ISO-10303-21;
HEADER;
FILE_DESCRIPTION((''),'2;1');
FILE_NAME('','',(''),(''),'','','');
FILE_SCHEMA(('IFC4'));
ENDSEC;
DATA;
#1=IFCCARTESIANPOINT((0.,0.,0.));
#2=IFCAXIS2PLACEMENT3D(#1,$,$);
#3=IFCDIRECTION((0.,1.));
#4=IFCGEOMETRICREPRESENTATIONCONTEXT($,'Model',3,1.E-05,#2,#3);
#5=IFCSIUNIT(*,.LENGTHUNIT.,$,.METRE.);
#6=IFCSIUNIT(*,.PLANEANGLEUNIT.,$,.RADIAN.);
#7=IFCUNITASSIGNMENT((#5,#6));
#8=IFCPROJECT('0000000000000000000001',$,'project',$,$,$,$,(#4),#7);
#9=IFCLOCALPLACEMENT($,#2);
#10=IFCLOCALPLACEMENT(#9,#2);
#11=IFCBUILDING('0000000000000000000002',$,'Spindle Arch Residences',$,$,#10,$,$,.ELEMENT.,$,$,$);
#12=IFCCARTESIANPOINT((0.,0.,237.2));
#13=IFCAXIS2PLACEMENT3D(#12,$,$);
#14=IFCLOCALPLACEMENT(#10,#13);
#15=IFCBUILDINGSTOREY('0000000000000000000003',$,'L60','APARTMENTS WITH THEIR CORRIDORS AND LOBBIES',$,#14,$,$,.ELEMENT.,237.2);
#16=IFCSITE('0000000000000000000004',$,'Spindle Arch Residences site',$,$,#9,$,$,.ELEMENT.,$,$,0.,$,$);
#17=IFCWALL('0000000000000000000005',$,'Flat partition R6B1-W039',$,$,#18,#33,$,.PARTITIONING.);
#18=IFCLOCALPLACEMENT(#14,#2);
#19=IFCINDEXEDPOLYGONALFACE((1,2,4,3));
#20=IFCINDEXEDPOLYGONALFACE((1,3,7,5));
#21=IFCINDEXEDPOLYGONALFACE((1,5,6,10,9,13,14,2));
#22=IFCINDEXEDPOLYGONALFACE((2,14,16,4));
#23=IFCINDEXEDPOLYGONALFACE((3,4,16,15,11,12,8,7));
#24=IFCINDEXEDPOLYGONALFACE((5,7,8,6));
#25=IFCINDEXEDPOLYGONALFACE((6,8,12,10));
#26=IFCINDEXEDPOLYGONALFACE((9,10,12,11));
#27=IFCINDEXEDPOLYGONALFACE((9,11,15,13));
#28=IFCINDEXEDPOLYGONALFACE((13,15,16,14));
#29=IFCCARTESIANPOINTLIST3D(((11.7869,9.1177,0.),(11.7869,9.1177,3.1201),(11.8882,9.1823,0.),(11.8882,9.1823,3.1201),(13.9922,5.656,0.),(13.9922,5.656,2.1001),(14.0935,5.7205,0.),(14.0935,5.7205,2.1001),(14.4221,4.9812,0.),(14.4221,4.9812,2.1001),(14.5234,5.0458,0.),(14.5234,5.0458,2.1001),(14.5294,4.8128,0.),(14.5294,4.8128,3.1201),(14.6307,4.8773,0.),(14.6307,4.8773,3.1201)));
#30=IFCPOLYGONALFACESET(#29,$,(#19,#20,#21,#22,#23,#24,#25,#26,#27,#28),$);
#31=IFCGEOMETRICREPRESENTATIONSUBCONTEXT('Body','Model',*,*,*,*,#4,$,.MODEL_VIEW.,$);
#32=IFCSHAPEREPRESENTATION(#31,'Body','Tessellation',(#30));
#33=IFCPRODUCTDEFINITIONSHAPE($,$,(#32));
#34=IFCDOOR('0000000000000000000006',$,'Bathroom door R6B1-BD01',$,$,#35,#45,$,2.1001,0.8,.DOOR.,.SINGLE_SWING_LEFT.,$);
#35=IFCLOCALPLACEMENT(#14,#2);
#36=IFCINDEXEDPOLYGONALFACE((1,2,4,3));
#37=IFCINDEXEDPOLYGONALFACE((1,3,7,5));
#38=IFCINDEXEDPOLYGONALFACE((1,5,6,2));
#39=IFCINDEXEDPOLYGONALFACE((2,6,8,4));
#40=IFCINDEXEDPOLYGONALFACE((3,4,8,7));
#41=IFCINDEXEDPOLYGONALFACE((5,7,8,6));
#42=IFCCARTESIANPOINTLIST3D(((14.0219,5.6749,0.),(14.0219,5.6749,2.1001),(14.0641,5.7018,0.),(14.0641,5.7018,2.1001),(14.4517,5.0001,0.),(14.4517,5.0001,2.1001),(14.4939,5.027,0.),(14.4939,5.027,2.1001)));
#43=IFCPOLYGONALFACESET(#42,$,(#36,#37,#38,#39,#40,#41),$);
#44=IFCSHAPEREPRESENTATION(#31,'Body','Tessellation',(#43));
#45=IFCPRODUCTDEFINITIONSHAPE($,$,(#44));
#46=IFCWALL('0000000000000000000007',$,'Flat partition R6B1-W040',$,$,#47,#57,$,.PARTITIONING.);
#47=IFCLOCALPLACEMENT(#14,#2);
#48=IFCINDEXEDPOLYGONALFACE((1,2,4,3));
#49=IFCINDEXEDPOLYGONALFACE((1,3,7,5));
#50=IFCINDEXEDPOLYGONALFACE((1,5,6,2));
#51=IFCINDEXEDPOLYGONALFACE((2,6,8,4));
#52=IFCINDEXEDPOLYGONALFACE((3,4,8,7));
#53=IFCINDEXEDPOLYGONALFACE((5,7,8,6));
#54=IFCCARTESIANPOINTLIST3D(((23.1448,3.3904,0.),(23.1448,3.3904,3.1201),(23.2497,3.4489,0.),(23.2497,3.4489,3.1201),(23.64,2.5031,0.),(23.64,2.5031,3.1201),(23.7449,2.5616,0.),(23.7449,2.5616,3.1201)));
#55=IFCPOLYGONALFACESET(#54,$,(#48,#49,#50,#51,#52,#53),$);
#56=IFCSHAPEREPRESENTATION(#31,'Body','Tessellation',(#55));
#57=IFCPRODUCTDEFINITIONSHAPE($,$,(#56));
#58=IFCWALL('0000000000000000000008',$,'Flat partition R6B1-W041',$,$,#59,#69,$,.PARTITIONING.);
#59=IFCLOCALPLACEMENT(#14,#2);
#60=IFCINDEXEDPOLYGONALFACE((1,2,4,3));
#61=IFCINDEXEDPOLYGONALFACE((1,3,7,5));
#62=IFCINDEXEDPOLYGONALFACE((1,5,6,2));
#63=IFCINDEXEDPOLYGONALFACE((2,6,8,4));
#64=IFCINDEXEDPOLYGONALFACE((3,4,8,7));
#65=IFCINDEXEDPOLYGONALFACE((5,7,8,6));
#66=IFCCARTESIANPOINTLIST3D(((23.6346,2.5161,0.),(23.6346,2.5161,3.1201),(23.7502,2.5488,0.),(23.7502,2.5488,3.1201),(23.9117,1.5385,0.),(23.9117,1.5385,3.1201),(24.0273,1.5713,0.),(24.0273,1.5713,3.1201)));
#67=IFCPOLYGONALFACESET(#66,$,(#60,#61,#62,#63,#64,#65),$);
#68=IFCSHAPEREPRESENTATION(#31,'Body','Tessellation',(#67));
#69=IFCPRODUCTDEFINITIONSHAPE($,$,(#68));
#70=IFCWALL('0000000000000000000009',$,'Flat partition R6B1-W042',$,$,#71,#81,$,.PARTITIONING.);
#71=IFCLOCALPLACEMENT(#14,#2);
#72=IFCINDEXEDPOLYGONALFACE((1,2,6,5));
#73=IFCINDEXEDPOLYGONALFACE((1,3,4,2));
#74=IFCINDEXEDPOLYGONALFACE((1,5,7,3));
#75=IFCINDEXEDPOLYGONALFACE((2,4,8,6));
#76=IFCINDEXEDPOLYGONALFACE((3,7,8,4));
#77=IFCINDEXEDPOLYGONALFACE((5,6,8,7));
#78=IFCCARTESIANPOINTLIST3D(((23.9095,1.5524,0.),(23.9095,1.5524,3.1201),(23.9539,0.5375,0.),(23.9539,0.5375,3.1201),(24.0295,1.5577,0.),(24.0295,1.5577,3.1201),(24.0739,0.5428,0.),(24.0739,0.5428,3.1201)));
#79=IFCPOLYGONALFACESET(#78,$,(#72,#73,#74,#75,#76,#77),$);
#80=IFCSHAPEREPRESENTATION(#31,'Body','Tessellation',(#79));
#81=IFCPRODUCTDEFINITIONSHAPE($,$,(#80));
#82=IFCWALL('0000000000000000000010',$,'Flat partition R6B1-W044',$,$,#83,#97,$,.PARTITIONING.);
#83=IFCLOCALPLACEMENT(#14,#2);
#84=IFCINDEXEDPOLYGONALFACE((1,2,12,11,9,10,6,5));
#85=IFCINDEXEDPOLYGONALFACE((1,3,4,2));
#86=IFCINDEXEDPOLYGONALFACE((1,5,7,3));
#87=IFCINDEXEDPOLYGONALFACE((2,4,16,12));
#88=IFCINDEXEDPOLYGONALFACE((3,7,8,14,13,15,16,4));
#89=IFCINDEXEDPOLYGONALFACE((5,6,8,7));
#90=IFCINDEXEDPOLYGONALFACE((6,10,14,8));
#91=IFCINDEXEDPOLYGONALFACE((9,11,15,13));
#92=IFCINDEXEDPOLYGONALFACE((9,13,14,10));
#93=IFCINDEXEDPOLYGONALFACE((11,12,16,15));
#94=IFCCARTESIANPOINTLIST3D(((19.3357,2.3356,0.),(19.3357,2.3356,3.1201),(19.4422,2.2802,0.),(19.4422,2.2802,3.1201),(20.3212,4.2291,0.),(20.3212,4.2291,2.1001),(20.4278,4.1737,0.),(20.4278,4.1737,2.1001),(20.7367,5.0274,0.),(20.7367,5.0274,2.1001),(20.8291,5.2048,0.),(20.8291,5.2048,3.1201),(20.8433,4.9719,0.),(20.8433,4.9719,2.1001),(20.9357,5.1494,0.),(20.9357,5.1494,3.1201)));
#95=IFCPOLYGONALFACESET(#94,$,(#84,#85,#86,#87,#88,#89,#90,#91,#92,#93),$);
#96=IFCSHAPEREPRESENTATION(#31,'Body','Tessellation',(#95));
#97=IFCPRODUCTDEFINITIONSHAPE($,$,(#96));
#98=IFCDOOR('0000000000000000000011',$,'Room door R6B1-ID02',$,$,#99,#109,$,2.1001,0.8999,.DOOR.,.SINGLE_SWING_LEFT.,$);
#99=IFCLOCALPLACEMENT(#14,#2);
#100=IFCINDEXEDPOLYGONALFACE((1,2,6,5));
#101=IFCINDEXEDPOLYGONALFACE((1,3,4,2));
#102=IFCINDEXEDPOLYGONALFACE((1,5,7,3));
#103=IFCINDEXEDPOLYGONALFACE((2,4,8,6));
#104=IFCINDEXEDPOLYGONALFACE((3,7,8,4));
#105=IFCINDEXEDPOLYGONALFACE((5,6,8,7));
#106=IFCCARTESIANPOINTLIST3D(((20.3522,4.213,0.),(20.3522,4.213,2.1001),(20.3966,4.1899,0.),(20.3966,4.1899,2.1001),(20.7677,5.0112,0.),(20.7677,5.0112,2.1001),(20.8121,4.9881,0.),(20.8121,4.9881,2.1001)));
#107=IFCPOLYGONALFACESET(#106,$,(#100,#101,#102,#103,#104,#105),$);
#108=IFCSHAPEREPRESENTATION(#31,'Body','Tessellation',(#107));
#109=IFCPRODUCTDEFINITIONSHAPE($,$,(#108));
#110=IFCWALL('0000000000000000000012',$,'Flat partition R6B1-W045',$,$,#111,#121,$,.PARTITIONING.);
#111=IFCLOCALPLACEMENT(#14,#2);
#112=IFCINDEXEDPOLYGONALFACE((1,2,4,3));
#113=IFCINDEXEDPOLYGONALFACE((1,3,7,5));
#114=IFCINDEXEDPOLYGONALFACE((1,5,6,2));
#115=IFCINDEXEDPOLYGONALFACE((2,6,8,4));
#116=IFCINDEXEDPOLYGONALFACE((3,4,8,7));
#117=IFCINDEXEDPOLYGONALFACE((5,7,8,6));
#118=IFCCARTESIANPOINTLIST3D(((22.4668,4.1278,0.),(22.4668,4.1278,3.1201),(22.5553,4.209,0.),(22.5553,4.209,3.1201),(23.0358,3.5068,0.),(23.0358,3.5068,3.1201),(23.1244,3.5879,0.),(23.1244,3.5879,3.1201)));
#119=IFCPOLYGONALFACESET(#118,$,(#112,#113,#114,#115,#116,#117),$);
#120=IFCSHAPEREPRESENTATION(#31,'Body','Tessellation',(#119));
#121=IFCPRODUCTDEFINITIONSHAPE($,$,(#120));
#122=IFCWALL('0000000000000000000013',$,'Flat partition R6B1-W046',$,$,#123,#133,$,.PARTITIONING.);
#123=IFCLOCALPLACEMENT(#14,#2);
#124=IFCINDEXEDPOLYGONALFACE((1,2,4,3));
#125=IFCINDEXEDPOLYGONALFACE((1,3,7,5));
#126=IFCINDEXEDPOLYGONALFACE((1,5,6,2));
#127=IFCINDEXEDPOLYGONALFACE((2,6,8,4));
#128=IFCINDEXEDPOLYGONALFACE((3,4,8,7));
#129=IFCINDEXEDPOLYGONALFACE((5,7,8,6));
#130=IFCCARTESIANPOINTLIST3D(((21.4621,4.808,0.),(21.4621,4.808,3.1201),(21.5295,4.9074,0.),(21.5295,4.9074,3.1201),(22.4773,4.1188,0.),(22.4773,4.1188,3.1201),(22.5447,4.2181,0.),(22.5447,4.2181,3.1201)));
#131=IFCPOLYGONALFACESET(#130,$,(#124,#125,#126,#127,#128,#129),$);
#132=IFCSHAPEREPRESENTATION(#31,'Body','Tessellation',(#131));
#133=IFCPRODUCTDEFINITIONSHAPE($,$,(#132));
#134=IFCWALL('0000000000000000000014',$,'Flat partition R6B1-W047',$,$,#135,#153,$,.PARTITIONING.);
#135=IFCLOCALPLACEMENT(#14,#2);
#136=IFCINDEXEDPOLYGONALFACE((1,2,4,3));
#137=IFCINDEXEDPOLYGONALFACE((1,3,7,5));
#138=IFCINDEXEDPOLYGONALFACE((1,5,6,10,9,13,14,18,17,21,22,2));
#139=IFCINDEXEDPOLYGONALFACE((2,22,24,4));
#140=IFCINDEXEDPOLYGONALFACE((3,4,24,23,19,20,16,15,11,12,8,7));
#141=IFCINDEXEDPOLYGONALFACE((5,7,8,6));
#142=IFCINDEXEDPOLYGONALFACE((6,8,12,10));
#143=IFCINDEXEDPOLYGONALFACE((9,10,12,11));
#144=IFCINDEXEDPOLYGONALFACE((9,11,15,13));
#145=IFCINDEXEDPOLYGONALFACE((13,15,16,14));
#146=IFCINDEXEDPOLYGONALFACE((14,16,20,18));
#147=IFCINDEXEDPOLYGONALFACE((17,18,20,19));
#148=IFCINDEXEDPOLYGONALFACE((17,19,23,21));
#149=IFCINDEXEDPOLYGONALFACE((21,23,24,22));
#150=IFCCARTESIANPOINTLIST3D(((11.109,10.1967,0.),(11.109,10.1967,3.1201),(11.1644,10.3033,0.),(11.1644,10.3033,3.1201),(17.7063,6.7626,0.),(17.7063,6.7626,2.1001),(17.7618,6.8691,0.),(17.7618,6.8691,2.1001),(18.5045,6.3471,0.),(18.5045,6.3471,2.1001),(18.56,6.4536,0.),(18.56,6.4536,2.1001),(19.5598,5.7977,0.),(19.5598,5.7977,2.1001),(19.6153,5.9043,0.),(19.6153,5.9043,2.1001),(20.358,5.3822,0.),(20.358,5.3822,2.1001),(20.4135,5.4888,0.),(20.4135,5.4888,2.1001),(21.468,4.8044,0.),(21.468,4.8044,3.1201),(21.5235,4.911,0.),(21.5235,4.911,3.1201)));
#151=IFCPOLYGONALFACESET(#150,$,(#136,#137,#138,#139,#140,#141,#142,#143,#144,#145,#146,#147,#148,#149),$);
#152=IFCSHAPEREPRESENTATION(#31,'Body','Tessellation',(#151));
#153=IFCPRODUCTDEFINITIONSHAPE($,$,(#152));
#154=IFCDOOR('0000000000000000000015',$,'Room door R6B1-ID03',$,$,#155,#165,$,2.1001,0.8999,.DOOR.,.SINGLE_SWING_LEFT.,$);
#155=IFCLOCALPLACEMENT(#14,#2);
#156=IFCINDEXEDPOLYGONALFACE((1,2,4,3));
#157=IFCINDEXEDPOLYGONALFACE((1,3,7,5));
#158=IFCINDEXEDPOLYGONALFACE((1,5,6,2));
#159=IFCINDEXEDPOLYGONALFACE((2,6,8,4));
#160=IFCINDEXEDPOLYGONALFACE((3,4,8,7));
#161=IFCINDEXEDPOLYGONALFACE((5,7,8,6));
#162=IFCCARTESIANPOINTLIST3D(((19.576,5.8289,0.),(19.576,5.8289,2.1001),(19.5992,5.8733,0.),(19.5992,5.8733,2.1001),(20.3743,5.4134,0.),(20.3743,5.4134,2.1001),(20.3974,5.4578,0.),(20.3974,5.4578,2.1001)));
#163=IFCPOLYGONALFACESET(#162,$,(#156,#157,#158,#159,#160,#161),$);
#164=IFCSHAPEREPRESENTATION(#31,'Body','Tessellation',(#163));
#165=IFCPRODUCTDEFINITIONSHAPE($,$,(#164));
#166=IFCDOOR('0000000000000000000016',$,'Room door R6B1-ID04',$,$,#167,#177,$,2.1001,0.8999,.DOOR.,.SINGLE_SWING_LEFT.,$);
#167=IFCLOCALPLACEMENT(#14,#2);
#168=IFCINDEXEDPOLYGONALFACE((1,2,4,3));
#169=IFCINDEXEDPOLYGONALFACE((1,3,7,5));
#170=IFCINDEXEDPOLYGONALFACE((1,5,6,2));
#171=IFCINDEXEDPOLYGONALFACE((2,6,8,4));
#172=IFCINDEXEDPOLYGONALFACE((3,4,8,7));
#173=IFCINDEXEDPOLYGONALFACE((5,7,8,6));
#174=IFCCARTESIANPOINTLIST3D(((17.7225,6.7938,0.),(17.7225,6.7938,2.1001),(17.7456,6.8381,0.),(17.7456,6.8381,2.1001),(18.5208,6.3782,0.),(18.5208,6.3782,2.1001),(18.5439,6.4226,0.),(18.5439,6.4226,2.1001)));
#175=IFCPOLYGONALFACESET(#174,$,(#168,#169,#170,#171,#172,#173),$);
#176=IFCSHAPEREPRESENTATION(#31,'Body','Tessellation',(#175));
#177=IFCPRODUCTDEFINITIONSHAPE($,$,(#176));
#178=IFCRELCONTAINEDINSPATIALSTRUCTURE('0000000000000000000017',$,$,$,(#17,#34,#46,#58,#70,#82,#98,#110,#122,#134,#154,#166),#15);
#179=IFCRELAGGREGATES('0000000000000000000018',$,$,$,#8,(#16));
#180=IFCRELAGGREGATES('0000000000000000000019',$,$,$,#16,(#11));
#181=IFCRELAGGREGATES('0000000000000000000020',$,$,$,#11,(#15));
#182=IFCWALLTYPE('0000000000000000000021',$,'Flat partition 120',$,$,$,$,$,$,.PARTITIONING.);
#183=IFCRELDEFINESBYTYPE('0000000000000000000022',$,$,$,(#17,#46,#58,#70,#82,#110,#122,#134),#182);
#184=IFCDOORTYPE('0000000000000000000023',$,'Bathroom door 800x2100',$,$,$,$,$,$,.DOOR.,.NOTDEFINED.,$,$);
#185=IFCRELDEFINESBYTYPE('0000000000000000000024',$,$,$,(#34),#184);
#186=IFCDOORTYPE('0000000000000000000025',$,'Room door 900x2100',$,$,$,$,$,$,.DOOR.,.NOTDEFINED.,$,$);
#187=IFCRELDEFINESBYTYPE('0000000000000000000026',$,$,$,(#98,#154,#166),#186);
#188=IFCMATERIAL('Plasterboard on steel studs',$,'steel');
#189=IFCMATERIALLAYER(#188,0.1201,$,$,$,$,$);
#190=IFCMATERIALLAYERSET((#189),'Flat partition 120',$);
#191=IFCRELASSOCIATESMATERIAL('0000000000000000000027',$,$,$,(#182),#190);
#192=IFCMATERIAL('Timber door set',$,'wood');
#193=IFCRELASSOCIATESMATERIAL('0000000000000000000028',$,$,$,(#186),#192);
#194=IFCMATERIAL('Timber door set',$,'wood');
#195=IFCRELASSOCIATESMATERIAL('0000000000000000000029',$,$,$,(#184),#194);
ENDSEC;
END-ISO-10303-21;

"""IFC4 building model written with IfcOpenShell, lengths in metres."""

from ifc_helpers import new_model, si_unit, direction, frame, frame_2d, origin, place, context, subcontext, project, spatial, rectangle, extrude, material, layer, layer_set, type_object, element, fill, save


model = new_model("IFC4")

# Units and contexts
model_context = context("Model", 3, precision=1e-05, world=origin(), true_north=direction((0.0, 1.0)))
body_context = subcontext(model_context, "Body", "Model", "MODEL_VIEW")
ifc_project = project(units=[si_unit("LENGTHUNIT", "METRE"), si_unit("PLANEANGLEUNIT", "RADIAN")], contexts=[model_context])

# Site, building, storey
site_placement = place(None, origin())
site = spatial("IfcSite", under=ifc_project, at=site_placement, Name="Spindle Arch Residences site", CompositionType="ELEMENT", RefElevation=0.0)
building_placement = place(site_placement, origin())
building = spatial("IfcBuilding", under=site, at=building_placement, Name="Spindle Arch Residences", CompositionType="ELEMENT")
storey_placement = place(building_placement, frame((0.0, 0.0, 237.2)))
storey = spatial("IfcBuildingStorey", under=building, at=storey_placement, Name="L60", Description="APARTMENTS WITH THEIR CORRIDORS AND LOBBIES", CompositionType="ELEMENT", Elevation=237.2)

# Shared definitions
ifc_material_1 = material(Name="Plasterboard on steel studs", Category="steel")
ifc_layer_1 = layer(ifc_material_1, 0.1201)
ifc_layer_set_1 = layer_set([ifc_layer_1], Name="Flat partition 120")
wall_type_1 = type_object("IfcWallType", Name="Flat partition 120", PredefinedType="PARTITIONING", material=ifc_layer_set_1)

# Wall, opening, door
ifc_material_2 = material(Name="Timber door set", Category="wood")
door_type_1 = type_object("IfcDoorType", Name="Room door 900x2100", OperationType="NOTDEFINED", PredefinedType="DOOR", material=ifc_material_2)
wall_1_placement = place(storey_placement, frame((14.5801, 4.845, 0.0), z_axis=(0.0, 0.0, 1.0), x_axis=(-0.537284, 0.843401, 0.0)))
wall_1 = element("IfcWall", 1, at=wall_1_placement, inside=storey, type_object=wall_type_1, Name="Flat partition R6B1-W039", PredefinedType="PARTITIONING", context=body_context, shape_type="SweptSolid", body=[
    extrude(rectangle(XDim=5.1042, YDim=0.1201, at=frame_2d((2.5522, 0.0))), origin(), (0.0, 0.0, 1.0), 3.1201),
])
opening_1_placement = place(wall_1_placement, frame((0.2, 0.0, 0.0)))
opening_1 = element("IfcOpeningElement", 2, at=opening_1_placement, cuts=wall_1, PredefinedType="OPENING", context=body_context, shape_type="SweptSolid", body=[
    extrude(rectangle(XDim=0.8, YDim=2.1001, at=frame_2d((0.3999, 1.05))), frame((0.0, 0.0701, 0.0), z_axis=(0.0, -1.0, 0.0), x_axis=(1.0, 0.0, 0.0)), (0.0, 0.0, 1.0), 0.1401),
])
ifc_material_3 = material(Name="Timber door set", Category="wood")
door_type_2 = type_object("IfcDoorType", Name="Bathroom door 800x2100", OperationType="NOTDEFINED", PredefinedType="DOOR", material=ifc_material_3)
door_1_placement = place(opening_1_placement, origin())
door_1 = element("IfcDoor", 3, at=door_1_placement, inside=storey, type_object=door_type_2, Name="Bathroom door R6B1-BD01", OperationType="SINGLE_SWING_LEFT", OverallHeight=2.1001, OverallWidth=0.8, PredefinedType="DOOR", context=body_context, shape_type="SweptSolid", body=[
    extrude(rectangle(XDim=0.8, YDim=2.1001, at=frame_2d((0.3999, 1.05))), frame((0.0, 0.0249, 0.0), z_axis=(0.0, -1.0, 0.0), x_axis=(1.0, 0.0, 0.0)), (0.0, 0.0, 1.0), 0.05),
])
fill(opening_1, door_1)

# Walls
for number, where, z_axis, x_axis, name in (
    (4, (23.1973, 3.4197, 0.0), (0.0, 0.0, 1.0), (0.487315, -0.873226, 0.0), "Flat partition R6B1-W040"),
    (5, (23.6924, 2.5325, 0.0), (0.0, 0.0, 1.0), (0.272721, -0.962093, 0.0), "Flat partition R6B1-W041"),
):
    element("IfcWall", number, at=place(storey_placement, frame(where, z_axis=z_axis, x_axis=x_axis)), inside=storey, type_object=wall_type_1, Name=name, PredefinedType="PARTITIONING", context=body_context, shape_type="SweptSolid", body=[
        extrude(rectangle(XDim=1.0161, YDim=0.1201, at=frame_2d((0.5081, 0.0))), origin(), (0.0, 0.0, 1.0), 3.1201),
    ])
wall_2_placement = place(storey_placement, frame((23.9695, 1.5549, 0.0), z_axis=(0.0, 0.0, 1.0), x_axis=(0.04374, -0.999043, 0.0)))
element("IfcWall", 6, at=wall_2_placement, inside=storey, type_object=wall_type_1, Name="Flat partition R6B1-W042", PredefinedType="PARTITIONING", context=body_context, shape_type="SweptSolid", body=[
    extrude(rectangle(XDim=1.0159, YDim=0.1201, at=frame_2d((0.5078, 0.0))), origin(), (0.0, 0.0, 1.0), 3.1201),
])

# Wall, opening, door
wall_3_placement = place(storey_placement, frame((20.8823, 5.177, 0.0), z_axis=(0.0, 0.0, 1.0), x_axis=(-0.461707, -0.887033, 0.0)))
wall_3 = element("IfcWall", 7, at=wall_3_placement, inside=storey, type_object=wall_type_1, Name="Flat partition R6B1-W044", PredefinedType="PARTITIONING", context=body_context, shape_type="SweptSolid", body=[
    extrude(rectangle(XDim=3.2346, YDim=0.1201, at=frame_2d((1.6172, 0.0))), origin(), (0.0, 0.0, 1.0), 3.1201),
])
opening_2_placement = place(wall_3_placement, frame((0.2, 0.0, 0.0)))
opening_2 = element("IfcOpeningElement", 8, at=opening_2_placement, cuts=wall_3, PredefinedType="OPENING", context=body_context, shape_type="SweptSolid", body=[
    extrude(rectangle(XDim=0.8999, YDim=2.1001, at=frame_2d((0.45, 1.05))), frame((0.0, 0.0701, 0.0), z_axis=(0.0, -1.0, 0.0), x_axis=(1.0, 0.0, 0.0)), (0.0, 0.0, 1.0), 0.1401),
])
door_2_placement = place(opening_2_placement, origin())
door_2 = element("IfcDoor", 9, at=door_2_placement, inside=storey, type_object=door_type_1, Name="Room door R6B1-ID02", OperationType="SINGLE_SWING_LEFT", OverallHeight=2.1001, OverallWidth=0.8999, PredefinedType="DOOR", context=body_context, shape_type="SweptSolid", body=[
    extrude(rectangle(XDim=0.8999, YDim=2.1001, at=frame_2d((0.45, 1.05))), frame((0.0, 0.0249, 0.0), z_axis=(0.0, -1.0, 0.0), x_axis=(1.0, 0.0, 0.0)), (0.0, 0.0, 1.0), 0.05),
])
fill(opening_2, door_2)

# Walls
wall_4_placement = place(storey_placement, frame((23.0801, 3.5474, 0.0), z_axis=(0.0, 0.0, 1.0), x_axis=(-0.675567, 0.737298, 0.0)))
element("IfcWall", 10, at=wall_4_placement, inside=storey, type_object=wall_type_1, Name="Flat partition R6B1-W045", PredefinedType="PARTITIONING", context=body_context, shape_type="SweptSolid", body=[
    extrude(rectangle(XDim=0.8423, YDim=0.1201, at=frame_2d((0.4211, 0.0))), origin(), (0.0, 0.0, 1.0), 3.1201),
])
wall_5_placement = place(storey_placement, frame((22.511, 4.1685, 0.0), z_axis=(0.0, 0.0, 1.0), x_axis=(-0.827337, 0.561706, 0.0)))
element("IfcWall", 11, at=wall_5_placement, inside=storey, type_object=wall_type_1, Name="Flat partition R6B1-W046", PredefinedType="PARTITIONING", context=body_context, shape_type="SweptSolid", body=[
    extrude(rectangle(XDim=1.2271, YDim=0.1201, at=frame_2d((0.6135, 0.0))), origin(), (0.0, 0.0, 1.0), 3.1201),
])

# Wall, openings, doors
wall_6_placement = place(storey_placement, frame((21.4958, 4.8577, 0.0), z_axis=(0.0, 0.0, 1.0), x_axis=(-0.887021, 0.461729, 0.0)))
wall_6 = element("IfcWall", 12, at=wall_6_placement, inside=storey, type_object=wall_type_1, Name="Flat partition R6B1-W047", PredefinedType="PARTITIONING", context=body_context, shape_type="SweptSolid", body=[
    extrude(rectangle(XDim=11.6785, YDim=0.1201, at=frame_2d((5.8394, 0.0))), origin(), (0.0, 0.0, 1.0), 3.1201),
])
opening_3_placement = place(wall_6_placement, frame((1.2515, 0.0, 0.0)))
opening_3 = element("IfcOpeningElement", 13, at=opening_3_placement, cuts=wall_6, PredefinedType="OPENING", context=body_context, shape_type="SweptSolid", body=[
    extrude(rectangle(XDim=0.8999, YDim=2.1001, at=frame_2d((0.45, 1.05))), frame((0.0, 0.0701, 0.0), z_axis=(0.0, -1.0, 0.0), x_axis=(1.0, 0.0, 0.0)), (0.0, 0.0, 1.0), 0.1401),
])
opening_4_placement = place(wall_6_placement, frame((3.3411, 0.0, 0.0)))
opening_4 = element("IfcOpeningElement", 14, at=opening_4_placement, cuts=wall_6, PredefinedType="OPENING", context=body_context, shape_type="SweptSolid", body=[
    extrude(rectangle(XDim=0.8999, YDim=2.1001, at=frame_2d((0.45, 1.05))), frame((0.0, 0.0701, 0.0), z_axis=(0.0, -1.0, 0.0), x_axis=(1.0, 0.0, 0.0)), (0.0, 0.0, 1.0), 0.1401),
])
door_3_placement = place(opening_3_placement, origin())
door_3 = element("IfcDoor", 15, at=door_3_placement, inside=storey, type_object=door_type_1, Name="Room door R6B1-ID03", OperationType="SINGLE_SWING_LEFT", OverallHeight=2.1001, OverallWidth=0.8999, PredefinedType="DOOR", context=body_context, shape_type="SweptSolid", body=[
    extrude(rectangle(XDim=0.8999, YDim=2.1001, at=frame_2d((0.45, 1.05))), frame((0.0, 0.0249, 0.0), z_axis=(0.0, -1.0, 0.0), x_axis=(1.0, 0.0, 0.0)), (0.0, 0.0, 1.0), 0.05),
])
fill(opening_3, door_3)
door_4_placement = place(opening_4_placement, origin())
door_4 = element("IfcDoor", 16, at=door_4_placement, inside=storey, type_object=door_type_1, Name="Room door R6B1-ID04", OperationType="SINGLE_SWING_LEFT", OverallHeight=2.1001, OverallWidth=0.8999, PredefinedType="DOOR", context=body_context, shape_type="SweptSolid", body=[
    extrude(rectangle(XDim=0.8999, YDim=2.1001, at=frame_2d((0.45, 1.05))), frame((0.0, 0.0249, 0.0), z_axis=(0.0, -1.0, 0.0), x_axis=(1.0, 0.0, 0.0)), (0.0, 0.0, 1.0), 0.05),
])
fill(opening_4, door_4)

save(model, "model.ifc")
